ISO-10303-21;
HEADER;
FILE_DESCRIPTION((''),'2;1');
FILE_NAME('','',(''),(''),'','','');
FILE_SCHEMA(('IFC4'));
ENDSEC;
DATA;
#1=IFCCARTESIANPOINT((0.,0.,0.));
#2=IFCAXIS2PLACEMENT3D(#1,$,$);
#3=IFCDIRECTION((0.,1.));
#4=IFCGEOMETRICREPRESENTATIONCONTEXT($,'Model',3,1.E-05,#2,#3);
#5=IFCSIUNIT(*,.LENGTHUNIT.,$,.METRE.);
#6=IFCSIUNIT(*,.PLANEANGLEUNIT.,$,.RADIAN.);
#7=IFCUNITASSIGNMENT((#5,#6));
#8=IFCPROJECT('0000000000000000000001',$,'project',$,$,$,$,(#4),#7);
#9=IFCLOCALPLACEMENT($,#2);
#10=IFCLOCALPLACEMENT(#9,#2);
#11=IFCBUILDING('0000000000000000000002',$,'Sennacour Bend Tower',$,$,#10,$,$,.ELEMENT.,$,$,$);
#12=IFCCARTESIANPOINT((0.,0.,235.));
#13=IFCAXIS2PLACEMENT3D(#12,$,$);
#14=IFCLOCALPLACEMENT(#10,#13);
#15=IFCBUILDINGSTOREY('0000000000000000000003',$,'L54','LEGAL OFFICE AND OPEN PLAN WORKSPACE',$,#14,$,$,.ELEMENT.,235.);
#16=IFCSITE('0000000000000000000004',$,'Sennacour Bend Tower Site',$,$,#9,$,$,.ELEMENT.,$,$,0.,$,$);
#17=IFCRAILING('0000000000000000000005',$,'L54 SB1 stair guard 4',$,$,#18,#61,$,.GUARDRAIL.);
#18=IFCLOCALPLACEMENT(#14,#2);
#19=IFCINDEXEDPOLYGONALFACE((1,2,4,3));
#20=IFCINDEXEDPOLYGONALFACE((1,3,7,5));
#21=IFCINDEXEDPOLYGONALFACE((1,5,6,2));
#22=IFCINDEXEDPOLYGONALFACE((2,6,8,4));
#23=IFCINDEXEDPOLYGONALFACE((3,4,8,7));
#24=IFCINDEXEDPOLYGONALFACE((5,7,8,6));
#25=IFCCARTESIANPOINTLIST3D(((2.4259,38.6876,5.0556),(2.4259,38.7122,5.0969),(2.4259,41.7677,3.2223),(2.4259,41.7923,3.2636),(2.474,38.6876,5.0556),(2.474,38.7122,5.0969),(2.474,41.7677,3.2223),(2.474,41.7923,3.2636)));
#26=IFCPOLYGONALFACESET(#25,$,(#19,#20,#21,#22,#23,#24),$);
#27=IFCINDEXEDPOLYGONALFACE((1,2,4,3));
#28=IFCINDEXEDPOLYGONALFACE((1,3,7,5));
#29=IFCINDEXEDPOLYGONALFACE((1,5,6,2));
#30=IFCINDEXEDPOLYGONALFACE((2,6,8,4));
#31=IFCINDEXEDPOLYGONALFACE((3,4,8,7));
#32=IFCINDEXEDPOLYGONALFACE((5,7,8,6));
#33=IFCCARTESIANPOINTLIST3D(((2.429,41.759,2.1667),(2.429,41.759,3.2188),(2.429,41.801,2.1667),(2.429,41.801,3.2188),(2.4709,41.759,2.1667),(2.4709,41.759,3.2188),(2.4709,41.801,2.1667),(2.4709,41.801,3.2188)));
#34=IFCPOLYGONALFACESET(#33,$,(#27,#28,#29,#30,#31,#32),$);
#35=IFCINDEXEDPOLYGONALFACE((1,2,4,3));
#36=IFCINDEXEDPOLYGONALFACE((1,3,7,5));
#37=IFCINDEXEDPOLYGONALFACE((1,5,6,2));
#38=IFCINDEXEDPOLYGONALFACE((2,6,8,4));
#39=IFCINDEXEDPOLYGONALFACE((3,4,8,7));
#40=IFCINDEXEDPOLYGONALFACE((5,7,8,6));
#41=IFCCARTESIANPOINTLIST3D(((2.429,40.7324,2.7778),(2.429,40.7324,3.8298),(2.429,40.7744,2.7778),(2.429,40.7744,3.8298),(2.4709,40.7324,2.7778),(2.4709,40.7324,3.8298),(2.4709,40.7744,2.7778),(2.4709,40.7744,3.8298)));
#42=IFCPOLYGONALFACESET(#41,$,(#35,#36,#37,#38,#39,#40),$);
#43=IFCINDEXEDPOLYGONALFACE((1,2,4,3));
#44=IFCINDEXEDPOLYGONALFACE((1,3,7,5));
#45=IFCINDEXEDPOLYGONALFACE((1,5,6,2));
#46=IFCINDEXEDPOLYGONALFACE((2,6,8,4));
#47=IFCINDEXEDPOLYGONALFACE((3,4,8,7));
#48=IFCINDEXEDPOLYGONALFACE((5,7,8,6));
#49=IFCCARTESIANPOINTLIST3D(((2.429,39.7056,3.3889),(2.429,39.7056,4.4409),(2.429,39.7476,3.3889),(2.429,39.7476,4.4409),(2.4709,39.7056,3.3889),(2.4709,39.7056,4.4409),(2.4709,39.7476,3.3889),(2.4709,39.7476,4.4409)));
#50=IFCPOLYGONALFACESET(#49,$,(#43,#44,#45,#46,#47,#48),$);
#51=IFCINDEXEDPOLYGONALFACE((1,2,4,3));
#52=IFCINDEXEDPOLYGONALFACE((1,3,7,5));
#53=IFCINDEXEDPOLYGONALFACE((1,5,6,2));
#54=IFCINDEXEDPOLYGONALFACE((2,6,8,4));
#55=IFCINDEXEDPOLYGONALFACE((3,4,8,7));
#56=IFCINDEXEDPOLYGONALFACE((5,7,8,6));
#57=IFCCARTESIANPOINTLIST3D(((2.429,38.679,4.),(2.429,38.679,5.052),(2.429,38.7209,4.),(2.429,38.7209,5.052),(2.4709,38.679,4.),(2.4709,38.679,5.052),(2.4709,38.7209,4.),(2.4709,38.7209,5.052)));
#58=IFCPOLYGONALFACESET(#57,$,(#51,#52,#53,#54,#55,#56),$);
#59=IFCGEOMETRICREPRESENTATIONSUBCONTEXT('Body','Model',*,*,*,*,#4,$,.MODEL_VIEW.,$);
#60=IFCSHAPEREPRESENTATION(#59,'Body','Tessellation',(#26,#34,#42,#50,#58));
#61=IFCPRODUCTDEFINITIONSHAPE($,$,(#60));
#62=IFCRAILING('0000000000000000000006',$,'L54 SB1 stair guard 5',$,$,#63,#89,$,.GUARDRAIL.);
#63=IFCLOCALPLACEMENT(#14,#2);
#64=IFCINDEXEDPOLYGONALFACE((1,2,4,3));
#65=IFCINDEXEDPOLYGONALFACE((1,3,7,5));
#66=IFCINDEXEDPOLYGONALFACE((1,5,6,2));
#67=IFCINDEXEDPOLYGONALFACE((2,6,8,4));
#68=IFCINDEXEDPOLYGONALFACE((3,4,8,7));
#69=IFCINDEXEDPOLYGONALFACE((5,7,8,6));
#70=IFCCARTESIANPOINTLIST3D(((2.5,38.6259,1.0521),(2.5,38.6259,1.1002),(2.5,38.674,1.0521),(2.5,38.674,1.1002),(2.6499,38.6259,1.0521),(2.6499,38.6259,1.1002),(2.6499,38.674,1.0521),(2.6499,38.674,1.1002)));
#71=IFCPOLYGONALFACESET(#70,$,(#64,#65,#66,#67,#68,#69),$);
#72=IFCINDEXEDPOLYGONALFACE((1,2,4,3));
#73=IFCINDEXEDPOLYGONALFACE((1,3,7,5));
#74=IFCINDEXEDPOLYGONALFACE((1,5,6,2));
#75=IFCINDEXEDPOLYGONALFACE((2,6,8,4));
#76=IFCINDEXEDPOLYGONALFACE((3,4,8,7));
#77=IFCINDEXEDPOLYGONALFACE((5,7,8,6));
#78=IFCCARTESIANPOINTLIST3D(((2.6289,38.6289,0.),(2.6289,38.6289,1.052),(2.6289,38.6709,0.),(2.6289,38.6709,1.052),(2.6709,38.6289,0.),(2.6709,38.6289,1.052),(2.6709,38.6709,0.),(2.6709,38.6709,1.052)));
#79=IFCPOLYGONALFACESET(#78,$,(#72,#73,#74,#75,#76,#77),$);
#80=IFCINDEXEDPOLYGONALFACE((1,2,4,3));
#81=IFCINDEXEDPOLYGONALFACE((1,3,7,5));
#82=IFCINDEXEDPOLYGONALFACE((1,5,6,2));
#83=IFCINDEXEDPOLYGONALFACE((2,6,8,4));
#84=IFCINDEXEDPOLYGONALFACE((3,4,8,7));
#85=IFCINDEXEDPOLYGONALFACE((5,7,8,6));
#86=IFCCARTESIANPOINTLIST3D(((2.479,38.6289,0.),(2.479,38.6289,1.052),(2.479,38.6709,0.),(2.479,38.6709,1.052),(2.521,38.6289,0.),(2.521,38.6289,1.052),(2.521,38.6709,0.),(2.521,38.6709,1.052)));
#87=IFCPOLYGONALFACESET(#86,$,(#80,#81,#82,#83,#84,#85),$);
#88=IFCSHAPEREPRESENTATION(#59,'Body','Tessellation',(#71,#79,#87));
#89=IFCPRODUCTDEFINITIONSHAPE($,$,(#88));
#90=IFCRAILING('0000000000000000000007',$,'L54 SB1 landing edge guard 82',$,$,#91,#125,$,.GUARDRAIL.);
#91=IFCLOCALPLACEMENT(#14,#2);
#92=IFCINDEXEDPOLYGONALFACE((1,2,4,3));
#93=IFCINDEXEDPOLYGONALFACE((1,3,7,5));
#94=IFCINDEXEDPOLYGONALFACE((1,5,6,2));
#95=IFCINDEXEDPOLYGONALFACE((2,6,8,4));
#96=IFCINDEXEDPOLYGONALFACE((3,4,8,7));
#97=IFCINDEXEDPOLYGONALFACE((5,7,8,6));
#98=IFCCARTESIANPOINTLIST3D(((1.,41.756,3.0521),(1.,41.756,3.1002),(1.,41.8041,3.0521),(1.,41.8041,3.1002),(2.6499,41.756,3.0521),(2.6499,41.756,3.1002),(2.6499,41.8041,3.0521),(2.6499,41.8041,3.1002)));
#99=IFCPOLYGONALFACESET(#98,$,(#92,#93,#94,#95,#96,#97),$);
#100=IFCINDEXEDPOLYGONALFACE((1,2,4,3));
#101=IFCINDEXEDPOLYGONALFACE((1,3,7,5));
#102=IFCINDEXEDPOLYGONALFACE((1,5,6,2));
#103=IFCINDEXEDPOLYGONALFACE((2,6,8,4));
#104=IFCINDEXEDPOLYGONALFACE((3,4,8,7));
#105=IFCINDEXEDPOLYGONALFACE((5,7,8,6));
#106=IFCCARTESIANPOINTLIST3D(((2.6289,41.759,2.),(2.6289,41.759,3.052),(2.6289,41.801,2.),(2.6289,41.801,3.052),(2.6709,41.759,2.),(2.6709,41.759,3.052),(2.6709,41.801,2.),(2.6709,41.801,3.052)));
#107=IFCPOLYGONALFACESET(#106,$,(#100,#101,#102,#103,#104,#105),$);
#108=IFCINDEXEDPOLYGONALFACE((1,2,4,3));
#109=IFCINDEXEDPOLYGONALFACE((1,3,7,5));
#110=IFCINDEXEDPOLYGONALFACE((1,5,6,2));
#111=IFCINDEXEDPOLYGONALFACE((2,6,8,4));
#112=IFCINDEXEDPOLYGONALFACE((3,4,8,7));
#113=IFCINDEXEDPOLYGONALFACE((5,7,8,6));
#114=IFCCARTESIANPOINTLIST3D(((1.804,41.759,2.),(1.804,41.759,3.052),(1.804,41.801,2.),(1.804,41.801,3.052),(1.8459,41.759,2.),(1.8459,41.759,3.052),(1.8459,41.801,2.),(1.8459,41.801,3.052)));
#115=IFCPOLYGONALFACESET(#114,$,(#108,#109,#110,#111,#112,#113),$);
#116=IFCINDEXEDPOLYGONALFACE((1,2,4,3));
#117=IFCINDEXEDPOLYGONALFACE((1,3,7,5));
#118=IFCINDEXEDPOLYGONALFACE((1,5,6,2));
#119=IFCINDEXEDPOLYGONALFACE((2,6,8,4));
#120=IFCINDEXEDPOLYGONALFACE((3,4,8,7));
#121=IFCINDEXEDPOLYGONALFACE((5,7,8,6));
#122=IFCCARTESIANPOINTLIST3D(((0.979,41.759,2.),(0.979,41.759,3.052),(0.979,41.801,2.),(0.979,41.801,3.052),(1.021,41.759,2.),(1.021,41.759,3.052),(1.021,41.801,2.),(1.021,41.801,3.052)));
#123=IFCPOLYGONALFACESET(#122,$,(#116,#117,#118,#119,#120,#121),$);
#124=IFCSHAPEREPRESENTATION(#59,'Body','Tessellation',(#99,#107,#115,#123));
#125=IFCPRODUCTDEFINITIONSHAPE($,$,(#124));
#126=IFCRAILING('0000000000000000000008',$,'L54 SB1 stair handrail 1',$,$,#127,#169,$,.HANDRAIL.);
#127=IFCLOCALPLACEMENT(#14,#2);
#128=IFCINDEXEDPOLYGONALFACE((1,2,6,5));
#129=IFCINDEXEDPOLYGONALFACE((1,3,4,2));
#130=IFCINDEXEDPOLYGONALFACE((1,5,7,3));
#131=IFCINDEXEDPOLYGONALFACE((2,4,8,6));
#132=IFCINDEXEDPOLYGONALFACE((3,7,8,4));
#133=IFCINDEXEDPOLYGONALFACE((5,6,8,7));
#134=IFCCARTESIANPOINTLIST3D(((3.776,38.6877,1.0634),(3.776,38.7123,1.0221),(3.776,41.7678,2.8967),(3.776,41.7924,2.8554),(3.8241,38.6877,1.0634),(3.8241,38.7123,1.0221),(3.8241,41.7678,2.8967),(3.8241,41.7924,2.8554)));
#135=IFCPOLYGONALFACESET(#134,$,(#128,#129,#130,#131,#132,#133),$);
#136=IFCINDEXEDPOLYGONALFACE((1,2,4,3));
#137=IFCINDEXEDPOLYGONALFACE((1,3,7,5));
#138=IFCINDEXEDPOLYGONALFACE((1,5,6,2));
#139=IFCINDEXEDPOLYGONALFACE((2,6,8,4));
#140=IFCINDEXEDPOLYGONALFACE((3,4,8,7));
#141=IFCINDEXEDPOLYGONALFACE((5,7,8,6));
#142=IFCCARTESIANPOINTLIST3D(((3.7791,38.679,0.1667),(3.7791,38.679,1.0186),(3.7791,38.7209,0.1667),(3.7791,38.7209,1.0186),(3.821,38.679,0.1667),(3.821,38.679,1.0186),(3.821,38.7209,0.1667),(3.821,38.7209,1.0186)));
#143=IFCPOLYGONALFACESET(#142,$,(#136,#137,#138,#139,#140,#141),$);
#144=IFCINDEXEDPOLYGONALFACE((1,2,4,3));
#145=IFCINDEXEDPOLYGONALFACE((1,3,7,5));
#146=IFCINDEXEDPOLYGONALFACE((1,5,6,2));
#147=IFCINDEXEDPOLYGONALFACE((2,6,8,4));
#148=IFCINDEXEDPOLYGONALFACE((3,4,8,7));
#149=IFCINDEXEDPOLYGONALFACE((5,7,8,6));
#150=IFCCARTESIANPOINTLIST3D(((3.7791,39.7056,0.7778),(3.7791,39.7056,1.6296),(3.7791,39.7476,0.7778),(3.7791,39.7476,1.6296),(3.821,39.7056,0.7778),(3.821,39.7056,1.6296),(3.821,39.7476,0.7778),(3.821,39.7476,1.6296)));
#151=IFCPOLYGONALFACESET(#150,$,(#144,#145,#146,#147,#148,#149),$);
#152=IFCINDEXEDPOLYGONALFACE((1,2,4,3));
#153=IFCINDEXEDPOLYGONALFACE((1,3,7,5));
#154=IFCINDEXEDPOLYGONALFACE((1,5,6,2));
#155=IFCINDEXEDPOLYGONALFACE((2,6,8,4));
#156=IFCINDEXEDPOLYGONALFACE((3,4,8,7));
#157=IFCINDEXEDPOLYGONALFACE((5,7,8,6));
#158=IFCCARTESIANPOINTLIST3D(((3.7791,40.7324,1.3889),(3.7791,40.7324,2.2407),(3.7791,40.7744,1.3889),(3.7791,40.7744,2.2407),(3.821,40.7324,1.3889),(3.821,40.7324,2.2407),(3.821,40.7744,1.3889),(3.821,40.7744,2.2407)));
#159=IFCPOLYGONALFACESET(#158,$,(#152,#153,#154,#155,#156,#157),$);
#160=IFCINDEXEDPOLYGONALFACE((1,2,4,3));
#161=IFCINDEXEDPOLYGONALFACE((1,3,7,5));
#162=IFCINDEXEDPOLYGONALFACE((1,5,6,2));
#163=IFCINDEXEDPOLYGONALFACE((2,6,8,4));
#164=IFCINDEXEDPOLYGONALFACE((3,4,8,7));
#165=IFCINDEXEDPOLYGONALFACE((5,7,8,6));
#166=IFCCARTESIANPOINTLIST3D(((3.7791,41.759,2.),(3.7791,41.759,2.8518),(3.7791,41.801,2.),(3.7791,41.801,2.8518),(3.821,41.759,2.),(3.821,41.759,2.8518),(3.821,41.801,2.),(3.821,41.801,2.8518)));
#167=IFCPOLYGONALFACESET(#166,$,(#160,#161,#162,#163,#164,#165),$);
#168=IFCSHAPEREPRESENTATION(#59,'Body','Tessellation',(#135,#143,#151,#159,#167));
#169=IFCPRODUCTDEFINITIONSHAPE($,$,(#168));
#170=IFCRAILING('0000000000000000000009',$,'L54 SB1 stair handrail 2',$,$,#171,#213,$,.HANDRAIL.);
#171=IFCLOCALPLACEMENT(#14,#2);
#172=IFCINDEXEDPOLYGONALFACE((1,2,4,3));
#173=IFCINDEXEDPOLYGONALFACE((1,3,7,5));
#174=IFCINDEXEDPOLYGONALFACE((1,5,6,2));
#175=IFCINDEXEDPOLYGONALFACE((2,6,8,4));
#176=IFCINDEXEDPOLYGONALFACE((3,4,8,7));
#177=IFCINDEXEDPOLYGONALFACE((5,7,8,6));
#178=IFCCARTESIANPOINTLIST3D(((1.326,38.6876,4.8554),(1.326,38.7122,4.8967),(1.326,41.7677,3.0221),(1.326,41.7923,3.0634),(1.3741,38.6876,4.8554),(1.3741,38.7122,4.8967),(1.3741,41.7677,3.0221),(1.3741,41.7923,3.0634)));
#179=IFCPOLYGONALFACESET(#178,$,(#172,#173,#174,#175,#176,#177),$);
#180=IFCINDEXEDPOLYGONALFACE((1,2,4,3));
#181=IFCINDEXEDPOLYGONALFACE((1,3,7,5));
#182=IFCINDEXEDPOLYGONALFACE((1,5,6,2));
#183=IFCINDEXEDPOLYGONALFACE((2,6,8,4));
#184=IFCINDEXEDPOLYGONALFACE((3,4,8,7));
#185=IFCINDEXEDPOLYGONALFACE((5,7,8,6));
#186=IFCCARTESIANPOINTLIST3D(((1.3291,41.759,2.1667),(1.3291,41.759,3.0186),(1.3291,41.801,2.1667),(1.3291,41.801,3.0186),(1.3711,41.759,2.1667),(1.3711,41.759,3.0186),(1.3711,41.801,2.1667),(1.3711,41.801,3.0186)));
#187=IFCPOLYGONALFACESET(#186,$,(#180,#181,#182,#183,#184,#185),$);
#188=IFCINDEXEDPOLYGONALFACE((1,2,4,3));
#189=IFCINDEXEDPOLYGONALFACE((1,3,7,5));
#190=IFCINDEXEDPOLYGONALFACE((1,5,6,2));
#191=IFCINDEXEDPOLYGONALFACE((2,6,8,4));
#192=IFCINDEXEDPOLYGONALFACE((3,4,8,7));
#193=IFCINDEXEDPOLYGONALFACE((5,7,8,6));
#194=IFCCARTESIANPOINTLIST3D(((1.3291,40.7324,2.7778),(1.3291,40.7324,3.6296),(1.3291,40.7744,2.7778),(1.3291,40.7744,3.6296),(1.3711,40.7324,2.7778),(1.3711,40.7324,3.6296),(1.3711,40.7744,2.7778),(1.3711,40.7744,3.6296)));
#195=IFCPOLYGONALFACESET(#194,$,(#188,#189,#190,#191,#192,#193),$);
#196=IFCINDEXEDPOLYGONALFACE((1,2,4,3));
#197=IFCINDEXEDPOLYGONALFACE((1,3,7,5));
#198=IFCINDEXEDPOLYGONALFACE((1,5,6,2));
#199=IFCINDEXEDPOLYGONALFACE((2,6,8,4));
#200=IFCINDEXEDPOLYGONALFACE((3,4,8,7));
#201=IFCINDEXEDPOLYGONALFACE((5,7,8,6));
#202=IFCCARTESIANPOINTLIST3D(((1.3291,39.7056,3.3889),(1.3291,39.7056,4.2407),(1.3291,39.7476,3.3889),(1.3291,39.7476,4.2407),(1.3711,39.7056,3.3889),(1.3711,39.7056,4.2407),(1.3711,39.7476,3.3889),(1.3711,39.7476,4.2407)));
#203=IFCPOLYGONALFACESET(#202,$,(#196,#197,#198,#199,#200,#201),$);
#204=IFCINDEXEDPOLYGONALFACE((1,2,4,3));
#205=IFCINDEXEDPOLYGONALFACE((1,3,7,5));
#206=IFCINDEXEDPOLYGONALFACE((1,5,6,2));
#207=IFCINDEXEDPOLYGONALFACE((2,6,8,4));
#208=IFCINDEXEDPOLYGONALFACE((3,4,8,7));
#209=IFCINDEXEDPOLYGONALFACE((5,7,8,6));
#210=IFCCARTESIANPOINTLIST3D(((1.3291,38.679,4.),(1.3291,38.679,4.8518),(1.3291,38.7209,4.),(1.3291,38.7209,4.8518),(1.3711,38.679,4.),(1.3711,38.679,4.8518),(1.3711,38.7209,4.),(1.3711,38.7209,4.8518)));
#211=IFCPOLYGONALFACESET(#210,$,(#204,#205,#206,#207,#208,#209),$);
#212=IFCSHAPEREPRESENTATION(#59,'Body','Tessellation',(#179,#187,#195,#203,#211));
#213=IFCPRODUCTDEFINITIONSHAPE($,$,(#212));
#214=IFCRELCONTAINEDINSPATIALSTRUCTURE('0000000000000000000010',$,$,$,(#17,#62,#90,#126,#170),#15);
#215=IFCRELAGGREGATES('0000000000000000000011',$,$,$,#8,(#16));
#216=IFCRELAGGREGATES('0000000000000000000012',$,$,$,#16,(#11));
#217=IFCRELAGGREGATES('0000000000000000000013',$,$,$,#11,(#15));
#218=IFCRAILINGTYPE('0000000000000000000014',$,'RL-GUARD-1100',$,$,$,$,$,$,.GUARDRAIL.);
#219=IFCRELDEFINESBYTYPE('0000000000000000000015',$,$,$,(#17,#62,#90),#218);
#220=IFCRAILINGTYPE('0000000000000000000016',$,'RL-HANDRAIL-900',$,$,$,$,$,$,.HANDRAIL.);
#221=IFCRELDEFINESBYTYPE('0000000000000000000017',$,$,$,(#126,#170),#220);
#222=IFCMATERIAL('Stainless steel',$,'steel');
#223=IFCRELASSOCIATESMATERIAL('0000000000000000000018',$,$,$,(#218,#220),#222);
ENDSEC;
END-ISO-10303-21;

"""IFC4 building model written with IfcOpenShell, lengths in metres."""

from ifc_helpers import new_model, si_unit, direction, frame, origin, origin_2d, place, context, subcontext, project, spatial, rectangle, extrude, material, type_object, element, save


model = new_model("IFC4")

# Units and contexts
model_context = context("Model", 3, precision=1e-05, world=origin(), true_north=direction((0.0, 1.0)))
body_context = subcontext(model_context, "Body", "Model", "MODEL_VIEW")
ifc_project = project(units=[si_unit("LENGTHUNIT", "METRE"), si_unit("PLANEANGLEUNIT", "RADIAN")], contexts=[model_context])

# Site, building, storey
site_placement = place(None, origin())
site = spatial("IfcSite", under=ifc_project, at=site_placement, Name="Sennacour Bend Tower Site", CompositionType="ELEMENT", RefElevation=0.0)
building_placement = place(site_placement, origin())
building = spatial("IfcBuilding", under=site, at=building_placement, Name="Sennacour Bend Tower", CompositionType="ELEMENT")
storey_placement = place(building_placement, frame((0.0, 0.0, 235.0)))
storey = spatial("IfcBuildingStorey", under=building, at=storey_placement, Name="L54", Description="LEGAL OFFICE AND OPEN PLAN WORKSPACE", CompositionType="ELEMENT", Elevation=235.0)

# Shared definitions
ifc_material_1 = material(Name="Stainless steel", Category="steel")

# Railings
railing_type_1 = type_object("IfcRailingType", Name="RL-GUARD-1100", PredefinedType="GUARDRAIL", material=ifc_material_1)
railing_1_placement = place(storey_placement, frame((2.45, 41.78, 2.1667)))
element("IfcRailing", 1, at=railing_1_placement, inside=storey, type_object=railing_type_1, Name="L54 SB1 stair guard 4", PredefinedType="GUARDRAIL", context=body_context, shape_type="SweptSolid", body=[
    extrude(rectangle(XDim=0.0481, YDim=0.0481, at=origin_2d()), frame((0.0, 0.0, 1.0762), z_axis=(0.0, -0.859309, 0.511458), x_axis=(1.0, 0.0, 0.0)), (0.0, 0.0, 1.0), 3.5845),
    extrude(rectangle(XDim=0.042, YDim=0.042, at=origin_2d()), origin(), (0.0, 0.0, 1.0), 1.052),
    extrude(rectangle(XDim=0.042, YDim=0.042, at=origin_2d()), frame((0.0, -1.0266, 0.6111)), (0.0, 0.0, 1.0), 1.052),
    extrude(rectangle(XDim=0.042, YDim=0.042, at=origin_2d()), frame((0.0, -2.0535, 1.2222)), (0.0, 0.0, 1.0), 1.052),
    extrude(rectangle(XDim=0.042, YDim=0.042, at=origin_2d()), frame((0.0, -3.0801, 1.8333)), (0.0, 0.0, 1.0), 1.052),
])
railing_2_placement = place(storey_placement, frame((2.6499, 38.6499, 0.0)))
element("IfcRailing", 2, at=railing_2_placement, inside=storey, type_object=railing_type_1, Name="L54 SB1 stair guard 5", PredefinedType="GUARDRAIL", context=body_context, shape_type="SweptSolid", body=[
    extrude(rectangle(XDim=0.0481, YDim=0.0481, at=origin_2d()), frame((0.0, 0.0, 1.0762), z_axis=(-1.0, 0.0, 0.0), x_axis=(0.0, -1.0, 0.0)), (0.0, 0.0, 1.0), 0.1499),
    extrude(rectangle(XDim=0.042, YDim=0.042, at=origin_2d()), origin(), (0.0, 0.0, 1.0), 1.052),
    extrude(rectangle(XDim=0.042, YDim=0.042, at=origin_2d()), frame((-0.1499, 0.0, 0.0)), (0.0, 0.0, 1.0), 1.052),
])
railing_3_placement = place(storey_placement, frame((2.6499, 41.78, 2.0)))
element("IfcRailing", 3, at=railing_3_placement, inside=storey, type_object=railing_type_1, Name="L54 SB1 landing edge guard 82", PredefinedType="GUARDRAIL", context=body_context, shape_type="SweptSolid", body=[
    extrude(rectangle(XDim=0.0481, YDim=0.0481, at=origin_2d()), frame((0.0, 0.0, 1.0762), z_axis=(-1.0, 0.0, 0.0), x_axis=(0.0, -1.0, 0.0)), (0.0, 0.0, 1.0), 1.6499),
    extrude(rectangle(XDim=0.042, YDim=0.042, at=origin_2d()), origin(), (0.0, 0.0, 1.0), 1.052),
    extrude(rectangle(XDim=0.042, YDim=0.042, at=origin_2d()), frame((-0.825, 0.0, 0.0)), (0.0, 0.0, 1.0), 1.052),
    extrude(rectangle(XDim=0.042, YDim=0.042, at=origin_2d()), frame((-1.6499, 0.0, 0.0)), (0.0, 0.0, 1.0), 1.052),
])
railing_type_2 = type_object("IfcRailingType", Name="RL-HANDRAIL-900", PredefinedType="HANDRAIL", material=ifc_material_1)
railing_4_placement = place(storey_placement, frame((3.8, 38.7, 0.1667)))
element("IfcRailing", 4, at=railing_4_placement, inside=storey, type_object=railing_type_2, Name="L54 SB1 stair handrail 1", PredefinedType="HANDRAIL", context=body_context, shape_type="SweptSolid", body=[
    extrude(rectangle(XDim=0.0481, YDim=0.0481, at=origin_2d()), frame((0.0, 0.0, 0.876), z_axis=(0.0, 0.859309, 0.511458), x_axis=(-1.0, 0.0, 0.0)), (0.0, 0.0, 1.0), 3.5845),
    extrude(rectangle(XDim=0.042, YDim=0.042, at=origin_2d()), origin(), (0.0, 0.0, 1.0), 0.8518),
    extrude(rectangle(XDim=0.042, YDim=0.042, at=origin_2d()), frame((0.0, 1.0266, 0.6111)), (0.0, 0.0, 1.0), 0.8518),
    extrude(rectangle(XDim=0.042, YDim=0.042, at=origin_2d()), frame((0.0, 2.0535, 1.2222)), (0.0, 0.0, 1.0), 0.8518),
    extrude(rectangle(XDim=0.042, YDim=0.042, at=origin_2d()), frame((0.0, 3.0801, 1.8333)), (0.0, 0.0, 1.0), 0.8518),
])
railing_5_placement = place(storey_placement, frame((1.3501, 41.78, 2.1667)))
element("IfcRailing", 5, at=railing_5_placement, inside=storey, type_object=railing_type_2, Name="L54 SB1 stair handrail 2", PredefinedType="HANDRAIL", context=body_context, shape_type="SweptSolid", body=[
    extrude(rectangle(XDim=0.0481, YDim=0.0481, at=origin_2d()), frame((0.0, 0.0, 0.876), z_axis=(0.0, -0.859309, 0.511458), x_axis=(1.0, 0.0, 0.0)), (0.0, 0.0, 1.0), 3.5845),
    extrude(rectangle(XDim=0.042, YDim=0.042, at=origin_2d()), origin(), (0.0, 0.0, 1.0), 0.8518),
    extrude(rectangle(XDim=0.042, YDim=0.042, at=origin_2d()), frame((0.0, -1.0266, 0.6111)), (0.0, 0.0, 1.0), 0.8518),
    extrude(rectangle(XDim=0.042, YDim=0.042, at=origin_2d()), frame((0.0, -2.0535, 1.2222)), (0.0, 0.0, 1.0), 0.8518),
    extrude(rectangle(XDim=0.042, YDim=0.042, at=origin_2d()), frame((0.0, -3.0801, 1.8333)), (0.0, 0.0, 1.0), 0.8518),
])

save(model, "model.ifc")
